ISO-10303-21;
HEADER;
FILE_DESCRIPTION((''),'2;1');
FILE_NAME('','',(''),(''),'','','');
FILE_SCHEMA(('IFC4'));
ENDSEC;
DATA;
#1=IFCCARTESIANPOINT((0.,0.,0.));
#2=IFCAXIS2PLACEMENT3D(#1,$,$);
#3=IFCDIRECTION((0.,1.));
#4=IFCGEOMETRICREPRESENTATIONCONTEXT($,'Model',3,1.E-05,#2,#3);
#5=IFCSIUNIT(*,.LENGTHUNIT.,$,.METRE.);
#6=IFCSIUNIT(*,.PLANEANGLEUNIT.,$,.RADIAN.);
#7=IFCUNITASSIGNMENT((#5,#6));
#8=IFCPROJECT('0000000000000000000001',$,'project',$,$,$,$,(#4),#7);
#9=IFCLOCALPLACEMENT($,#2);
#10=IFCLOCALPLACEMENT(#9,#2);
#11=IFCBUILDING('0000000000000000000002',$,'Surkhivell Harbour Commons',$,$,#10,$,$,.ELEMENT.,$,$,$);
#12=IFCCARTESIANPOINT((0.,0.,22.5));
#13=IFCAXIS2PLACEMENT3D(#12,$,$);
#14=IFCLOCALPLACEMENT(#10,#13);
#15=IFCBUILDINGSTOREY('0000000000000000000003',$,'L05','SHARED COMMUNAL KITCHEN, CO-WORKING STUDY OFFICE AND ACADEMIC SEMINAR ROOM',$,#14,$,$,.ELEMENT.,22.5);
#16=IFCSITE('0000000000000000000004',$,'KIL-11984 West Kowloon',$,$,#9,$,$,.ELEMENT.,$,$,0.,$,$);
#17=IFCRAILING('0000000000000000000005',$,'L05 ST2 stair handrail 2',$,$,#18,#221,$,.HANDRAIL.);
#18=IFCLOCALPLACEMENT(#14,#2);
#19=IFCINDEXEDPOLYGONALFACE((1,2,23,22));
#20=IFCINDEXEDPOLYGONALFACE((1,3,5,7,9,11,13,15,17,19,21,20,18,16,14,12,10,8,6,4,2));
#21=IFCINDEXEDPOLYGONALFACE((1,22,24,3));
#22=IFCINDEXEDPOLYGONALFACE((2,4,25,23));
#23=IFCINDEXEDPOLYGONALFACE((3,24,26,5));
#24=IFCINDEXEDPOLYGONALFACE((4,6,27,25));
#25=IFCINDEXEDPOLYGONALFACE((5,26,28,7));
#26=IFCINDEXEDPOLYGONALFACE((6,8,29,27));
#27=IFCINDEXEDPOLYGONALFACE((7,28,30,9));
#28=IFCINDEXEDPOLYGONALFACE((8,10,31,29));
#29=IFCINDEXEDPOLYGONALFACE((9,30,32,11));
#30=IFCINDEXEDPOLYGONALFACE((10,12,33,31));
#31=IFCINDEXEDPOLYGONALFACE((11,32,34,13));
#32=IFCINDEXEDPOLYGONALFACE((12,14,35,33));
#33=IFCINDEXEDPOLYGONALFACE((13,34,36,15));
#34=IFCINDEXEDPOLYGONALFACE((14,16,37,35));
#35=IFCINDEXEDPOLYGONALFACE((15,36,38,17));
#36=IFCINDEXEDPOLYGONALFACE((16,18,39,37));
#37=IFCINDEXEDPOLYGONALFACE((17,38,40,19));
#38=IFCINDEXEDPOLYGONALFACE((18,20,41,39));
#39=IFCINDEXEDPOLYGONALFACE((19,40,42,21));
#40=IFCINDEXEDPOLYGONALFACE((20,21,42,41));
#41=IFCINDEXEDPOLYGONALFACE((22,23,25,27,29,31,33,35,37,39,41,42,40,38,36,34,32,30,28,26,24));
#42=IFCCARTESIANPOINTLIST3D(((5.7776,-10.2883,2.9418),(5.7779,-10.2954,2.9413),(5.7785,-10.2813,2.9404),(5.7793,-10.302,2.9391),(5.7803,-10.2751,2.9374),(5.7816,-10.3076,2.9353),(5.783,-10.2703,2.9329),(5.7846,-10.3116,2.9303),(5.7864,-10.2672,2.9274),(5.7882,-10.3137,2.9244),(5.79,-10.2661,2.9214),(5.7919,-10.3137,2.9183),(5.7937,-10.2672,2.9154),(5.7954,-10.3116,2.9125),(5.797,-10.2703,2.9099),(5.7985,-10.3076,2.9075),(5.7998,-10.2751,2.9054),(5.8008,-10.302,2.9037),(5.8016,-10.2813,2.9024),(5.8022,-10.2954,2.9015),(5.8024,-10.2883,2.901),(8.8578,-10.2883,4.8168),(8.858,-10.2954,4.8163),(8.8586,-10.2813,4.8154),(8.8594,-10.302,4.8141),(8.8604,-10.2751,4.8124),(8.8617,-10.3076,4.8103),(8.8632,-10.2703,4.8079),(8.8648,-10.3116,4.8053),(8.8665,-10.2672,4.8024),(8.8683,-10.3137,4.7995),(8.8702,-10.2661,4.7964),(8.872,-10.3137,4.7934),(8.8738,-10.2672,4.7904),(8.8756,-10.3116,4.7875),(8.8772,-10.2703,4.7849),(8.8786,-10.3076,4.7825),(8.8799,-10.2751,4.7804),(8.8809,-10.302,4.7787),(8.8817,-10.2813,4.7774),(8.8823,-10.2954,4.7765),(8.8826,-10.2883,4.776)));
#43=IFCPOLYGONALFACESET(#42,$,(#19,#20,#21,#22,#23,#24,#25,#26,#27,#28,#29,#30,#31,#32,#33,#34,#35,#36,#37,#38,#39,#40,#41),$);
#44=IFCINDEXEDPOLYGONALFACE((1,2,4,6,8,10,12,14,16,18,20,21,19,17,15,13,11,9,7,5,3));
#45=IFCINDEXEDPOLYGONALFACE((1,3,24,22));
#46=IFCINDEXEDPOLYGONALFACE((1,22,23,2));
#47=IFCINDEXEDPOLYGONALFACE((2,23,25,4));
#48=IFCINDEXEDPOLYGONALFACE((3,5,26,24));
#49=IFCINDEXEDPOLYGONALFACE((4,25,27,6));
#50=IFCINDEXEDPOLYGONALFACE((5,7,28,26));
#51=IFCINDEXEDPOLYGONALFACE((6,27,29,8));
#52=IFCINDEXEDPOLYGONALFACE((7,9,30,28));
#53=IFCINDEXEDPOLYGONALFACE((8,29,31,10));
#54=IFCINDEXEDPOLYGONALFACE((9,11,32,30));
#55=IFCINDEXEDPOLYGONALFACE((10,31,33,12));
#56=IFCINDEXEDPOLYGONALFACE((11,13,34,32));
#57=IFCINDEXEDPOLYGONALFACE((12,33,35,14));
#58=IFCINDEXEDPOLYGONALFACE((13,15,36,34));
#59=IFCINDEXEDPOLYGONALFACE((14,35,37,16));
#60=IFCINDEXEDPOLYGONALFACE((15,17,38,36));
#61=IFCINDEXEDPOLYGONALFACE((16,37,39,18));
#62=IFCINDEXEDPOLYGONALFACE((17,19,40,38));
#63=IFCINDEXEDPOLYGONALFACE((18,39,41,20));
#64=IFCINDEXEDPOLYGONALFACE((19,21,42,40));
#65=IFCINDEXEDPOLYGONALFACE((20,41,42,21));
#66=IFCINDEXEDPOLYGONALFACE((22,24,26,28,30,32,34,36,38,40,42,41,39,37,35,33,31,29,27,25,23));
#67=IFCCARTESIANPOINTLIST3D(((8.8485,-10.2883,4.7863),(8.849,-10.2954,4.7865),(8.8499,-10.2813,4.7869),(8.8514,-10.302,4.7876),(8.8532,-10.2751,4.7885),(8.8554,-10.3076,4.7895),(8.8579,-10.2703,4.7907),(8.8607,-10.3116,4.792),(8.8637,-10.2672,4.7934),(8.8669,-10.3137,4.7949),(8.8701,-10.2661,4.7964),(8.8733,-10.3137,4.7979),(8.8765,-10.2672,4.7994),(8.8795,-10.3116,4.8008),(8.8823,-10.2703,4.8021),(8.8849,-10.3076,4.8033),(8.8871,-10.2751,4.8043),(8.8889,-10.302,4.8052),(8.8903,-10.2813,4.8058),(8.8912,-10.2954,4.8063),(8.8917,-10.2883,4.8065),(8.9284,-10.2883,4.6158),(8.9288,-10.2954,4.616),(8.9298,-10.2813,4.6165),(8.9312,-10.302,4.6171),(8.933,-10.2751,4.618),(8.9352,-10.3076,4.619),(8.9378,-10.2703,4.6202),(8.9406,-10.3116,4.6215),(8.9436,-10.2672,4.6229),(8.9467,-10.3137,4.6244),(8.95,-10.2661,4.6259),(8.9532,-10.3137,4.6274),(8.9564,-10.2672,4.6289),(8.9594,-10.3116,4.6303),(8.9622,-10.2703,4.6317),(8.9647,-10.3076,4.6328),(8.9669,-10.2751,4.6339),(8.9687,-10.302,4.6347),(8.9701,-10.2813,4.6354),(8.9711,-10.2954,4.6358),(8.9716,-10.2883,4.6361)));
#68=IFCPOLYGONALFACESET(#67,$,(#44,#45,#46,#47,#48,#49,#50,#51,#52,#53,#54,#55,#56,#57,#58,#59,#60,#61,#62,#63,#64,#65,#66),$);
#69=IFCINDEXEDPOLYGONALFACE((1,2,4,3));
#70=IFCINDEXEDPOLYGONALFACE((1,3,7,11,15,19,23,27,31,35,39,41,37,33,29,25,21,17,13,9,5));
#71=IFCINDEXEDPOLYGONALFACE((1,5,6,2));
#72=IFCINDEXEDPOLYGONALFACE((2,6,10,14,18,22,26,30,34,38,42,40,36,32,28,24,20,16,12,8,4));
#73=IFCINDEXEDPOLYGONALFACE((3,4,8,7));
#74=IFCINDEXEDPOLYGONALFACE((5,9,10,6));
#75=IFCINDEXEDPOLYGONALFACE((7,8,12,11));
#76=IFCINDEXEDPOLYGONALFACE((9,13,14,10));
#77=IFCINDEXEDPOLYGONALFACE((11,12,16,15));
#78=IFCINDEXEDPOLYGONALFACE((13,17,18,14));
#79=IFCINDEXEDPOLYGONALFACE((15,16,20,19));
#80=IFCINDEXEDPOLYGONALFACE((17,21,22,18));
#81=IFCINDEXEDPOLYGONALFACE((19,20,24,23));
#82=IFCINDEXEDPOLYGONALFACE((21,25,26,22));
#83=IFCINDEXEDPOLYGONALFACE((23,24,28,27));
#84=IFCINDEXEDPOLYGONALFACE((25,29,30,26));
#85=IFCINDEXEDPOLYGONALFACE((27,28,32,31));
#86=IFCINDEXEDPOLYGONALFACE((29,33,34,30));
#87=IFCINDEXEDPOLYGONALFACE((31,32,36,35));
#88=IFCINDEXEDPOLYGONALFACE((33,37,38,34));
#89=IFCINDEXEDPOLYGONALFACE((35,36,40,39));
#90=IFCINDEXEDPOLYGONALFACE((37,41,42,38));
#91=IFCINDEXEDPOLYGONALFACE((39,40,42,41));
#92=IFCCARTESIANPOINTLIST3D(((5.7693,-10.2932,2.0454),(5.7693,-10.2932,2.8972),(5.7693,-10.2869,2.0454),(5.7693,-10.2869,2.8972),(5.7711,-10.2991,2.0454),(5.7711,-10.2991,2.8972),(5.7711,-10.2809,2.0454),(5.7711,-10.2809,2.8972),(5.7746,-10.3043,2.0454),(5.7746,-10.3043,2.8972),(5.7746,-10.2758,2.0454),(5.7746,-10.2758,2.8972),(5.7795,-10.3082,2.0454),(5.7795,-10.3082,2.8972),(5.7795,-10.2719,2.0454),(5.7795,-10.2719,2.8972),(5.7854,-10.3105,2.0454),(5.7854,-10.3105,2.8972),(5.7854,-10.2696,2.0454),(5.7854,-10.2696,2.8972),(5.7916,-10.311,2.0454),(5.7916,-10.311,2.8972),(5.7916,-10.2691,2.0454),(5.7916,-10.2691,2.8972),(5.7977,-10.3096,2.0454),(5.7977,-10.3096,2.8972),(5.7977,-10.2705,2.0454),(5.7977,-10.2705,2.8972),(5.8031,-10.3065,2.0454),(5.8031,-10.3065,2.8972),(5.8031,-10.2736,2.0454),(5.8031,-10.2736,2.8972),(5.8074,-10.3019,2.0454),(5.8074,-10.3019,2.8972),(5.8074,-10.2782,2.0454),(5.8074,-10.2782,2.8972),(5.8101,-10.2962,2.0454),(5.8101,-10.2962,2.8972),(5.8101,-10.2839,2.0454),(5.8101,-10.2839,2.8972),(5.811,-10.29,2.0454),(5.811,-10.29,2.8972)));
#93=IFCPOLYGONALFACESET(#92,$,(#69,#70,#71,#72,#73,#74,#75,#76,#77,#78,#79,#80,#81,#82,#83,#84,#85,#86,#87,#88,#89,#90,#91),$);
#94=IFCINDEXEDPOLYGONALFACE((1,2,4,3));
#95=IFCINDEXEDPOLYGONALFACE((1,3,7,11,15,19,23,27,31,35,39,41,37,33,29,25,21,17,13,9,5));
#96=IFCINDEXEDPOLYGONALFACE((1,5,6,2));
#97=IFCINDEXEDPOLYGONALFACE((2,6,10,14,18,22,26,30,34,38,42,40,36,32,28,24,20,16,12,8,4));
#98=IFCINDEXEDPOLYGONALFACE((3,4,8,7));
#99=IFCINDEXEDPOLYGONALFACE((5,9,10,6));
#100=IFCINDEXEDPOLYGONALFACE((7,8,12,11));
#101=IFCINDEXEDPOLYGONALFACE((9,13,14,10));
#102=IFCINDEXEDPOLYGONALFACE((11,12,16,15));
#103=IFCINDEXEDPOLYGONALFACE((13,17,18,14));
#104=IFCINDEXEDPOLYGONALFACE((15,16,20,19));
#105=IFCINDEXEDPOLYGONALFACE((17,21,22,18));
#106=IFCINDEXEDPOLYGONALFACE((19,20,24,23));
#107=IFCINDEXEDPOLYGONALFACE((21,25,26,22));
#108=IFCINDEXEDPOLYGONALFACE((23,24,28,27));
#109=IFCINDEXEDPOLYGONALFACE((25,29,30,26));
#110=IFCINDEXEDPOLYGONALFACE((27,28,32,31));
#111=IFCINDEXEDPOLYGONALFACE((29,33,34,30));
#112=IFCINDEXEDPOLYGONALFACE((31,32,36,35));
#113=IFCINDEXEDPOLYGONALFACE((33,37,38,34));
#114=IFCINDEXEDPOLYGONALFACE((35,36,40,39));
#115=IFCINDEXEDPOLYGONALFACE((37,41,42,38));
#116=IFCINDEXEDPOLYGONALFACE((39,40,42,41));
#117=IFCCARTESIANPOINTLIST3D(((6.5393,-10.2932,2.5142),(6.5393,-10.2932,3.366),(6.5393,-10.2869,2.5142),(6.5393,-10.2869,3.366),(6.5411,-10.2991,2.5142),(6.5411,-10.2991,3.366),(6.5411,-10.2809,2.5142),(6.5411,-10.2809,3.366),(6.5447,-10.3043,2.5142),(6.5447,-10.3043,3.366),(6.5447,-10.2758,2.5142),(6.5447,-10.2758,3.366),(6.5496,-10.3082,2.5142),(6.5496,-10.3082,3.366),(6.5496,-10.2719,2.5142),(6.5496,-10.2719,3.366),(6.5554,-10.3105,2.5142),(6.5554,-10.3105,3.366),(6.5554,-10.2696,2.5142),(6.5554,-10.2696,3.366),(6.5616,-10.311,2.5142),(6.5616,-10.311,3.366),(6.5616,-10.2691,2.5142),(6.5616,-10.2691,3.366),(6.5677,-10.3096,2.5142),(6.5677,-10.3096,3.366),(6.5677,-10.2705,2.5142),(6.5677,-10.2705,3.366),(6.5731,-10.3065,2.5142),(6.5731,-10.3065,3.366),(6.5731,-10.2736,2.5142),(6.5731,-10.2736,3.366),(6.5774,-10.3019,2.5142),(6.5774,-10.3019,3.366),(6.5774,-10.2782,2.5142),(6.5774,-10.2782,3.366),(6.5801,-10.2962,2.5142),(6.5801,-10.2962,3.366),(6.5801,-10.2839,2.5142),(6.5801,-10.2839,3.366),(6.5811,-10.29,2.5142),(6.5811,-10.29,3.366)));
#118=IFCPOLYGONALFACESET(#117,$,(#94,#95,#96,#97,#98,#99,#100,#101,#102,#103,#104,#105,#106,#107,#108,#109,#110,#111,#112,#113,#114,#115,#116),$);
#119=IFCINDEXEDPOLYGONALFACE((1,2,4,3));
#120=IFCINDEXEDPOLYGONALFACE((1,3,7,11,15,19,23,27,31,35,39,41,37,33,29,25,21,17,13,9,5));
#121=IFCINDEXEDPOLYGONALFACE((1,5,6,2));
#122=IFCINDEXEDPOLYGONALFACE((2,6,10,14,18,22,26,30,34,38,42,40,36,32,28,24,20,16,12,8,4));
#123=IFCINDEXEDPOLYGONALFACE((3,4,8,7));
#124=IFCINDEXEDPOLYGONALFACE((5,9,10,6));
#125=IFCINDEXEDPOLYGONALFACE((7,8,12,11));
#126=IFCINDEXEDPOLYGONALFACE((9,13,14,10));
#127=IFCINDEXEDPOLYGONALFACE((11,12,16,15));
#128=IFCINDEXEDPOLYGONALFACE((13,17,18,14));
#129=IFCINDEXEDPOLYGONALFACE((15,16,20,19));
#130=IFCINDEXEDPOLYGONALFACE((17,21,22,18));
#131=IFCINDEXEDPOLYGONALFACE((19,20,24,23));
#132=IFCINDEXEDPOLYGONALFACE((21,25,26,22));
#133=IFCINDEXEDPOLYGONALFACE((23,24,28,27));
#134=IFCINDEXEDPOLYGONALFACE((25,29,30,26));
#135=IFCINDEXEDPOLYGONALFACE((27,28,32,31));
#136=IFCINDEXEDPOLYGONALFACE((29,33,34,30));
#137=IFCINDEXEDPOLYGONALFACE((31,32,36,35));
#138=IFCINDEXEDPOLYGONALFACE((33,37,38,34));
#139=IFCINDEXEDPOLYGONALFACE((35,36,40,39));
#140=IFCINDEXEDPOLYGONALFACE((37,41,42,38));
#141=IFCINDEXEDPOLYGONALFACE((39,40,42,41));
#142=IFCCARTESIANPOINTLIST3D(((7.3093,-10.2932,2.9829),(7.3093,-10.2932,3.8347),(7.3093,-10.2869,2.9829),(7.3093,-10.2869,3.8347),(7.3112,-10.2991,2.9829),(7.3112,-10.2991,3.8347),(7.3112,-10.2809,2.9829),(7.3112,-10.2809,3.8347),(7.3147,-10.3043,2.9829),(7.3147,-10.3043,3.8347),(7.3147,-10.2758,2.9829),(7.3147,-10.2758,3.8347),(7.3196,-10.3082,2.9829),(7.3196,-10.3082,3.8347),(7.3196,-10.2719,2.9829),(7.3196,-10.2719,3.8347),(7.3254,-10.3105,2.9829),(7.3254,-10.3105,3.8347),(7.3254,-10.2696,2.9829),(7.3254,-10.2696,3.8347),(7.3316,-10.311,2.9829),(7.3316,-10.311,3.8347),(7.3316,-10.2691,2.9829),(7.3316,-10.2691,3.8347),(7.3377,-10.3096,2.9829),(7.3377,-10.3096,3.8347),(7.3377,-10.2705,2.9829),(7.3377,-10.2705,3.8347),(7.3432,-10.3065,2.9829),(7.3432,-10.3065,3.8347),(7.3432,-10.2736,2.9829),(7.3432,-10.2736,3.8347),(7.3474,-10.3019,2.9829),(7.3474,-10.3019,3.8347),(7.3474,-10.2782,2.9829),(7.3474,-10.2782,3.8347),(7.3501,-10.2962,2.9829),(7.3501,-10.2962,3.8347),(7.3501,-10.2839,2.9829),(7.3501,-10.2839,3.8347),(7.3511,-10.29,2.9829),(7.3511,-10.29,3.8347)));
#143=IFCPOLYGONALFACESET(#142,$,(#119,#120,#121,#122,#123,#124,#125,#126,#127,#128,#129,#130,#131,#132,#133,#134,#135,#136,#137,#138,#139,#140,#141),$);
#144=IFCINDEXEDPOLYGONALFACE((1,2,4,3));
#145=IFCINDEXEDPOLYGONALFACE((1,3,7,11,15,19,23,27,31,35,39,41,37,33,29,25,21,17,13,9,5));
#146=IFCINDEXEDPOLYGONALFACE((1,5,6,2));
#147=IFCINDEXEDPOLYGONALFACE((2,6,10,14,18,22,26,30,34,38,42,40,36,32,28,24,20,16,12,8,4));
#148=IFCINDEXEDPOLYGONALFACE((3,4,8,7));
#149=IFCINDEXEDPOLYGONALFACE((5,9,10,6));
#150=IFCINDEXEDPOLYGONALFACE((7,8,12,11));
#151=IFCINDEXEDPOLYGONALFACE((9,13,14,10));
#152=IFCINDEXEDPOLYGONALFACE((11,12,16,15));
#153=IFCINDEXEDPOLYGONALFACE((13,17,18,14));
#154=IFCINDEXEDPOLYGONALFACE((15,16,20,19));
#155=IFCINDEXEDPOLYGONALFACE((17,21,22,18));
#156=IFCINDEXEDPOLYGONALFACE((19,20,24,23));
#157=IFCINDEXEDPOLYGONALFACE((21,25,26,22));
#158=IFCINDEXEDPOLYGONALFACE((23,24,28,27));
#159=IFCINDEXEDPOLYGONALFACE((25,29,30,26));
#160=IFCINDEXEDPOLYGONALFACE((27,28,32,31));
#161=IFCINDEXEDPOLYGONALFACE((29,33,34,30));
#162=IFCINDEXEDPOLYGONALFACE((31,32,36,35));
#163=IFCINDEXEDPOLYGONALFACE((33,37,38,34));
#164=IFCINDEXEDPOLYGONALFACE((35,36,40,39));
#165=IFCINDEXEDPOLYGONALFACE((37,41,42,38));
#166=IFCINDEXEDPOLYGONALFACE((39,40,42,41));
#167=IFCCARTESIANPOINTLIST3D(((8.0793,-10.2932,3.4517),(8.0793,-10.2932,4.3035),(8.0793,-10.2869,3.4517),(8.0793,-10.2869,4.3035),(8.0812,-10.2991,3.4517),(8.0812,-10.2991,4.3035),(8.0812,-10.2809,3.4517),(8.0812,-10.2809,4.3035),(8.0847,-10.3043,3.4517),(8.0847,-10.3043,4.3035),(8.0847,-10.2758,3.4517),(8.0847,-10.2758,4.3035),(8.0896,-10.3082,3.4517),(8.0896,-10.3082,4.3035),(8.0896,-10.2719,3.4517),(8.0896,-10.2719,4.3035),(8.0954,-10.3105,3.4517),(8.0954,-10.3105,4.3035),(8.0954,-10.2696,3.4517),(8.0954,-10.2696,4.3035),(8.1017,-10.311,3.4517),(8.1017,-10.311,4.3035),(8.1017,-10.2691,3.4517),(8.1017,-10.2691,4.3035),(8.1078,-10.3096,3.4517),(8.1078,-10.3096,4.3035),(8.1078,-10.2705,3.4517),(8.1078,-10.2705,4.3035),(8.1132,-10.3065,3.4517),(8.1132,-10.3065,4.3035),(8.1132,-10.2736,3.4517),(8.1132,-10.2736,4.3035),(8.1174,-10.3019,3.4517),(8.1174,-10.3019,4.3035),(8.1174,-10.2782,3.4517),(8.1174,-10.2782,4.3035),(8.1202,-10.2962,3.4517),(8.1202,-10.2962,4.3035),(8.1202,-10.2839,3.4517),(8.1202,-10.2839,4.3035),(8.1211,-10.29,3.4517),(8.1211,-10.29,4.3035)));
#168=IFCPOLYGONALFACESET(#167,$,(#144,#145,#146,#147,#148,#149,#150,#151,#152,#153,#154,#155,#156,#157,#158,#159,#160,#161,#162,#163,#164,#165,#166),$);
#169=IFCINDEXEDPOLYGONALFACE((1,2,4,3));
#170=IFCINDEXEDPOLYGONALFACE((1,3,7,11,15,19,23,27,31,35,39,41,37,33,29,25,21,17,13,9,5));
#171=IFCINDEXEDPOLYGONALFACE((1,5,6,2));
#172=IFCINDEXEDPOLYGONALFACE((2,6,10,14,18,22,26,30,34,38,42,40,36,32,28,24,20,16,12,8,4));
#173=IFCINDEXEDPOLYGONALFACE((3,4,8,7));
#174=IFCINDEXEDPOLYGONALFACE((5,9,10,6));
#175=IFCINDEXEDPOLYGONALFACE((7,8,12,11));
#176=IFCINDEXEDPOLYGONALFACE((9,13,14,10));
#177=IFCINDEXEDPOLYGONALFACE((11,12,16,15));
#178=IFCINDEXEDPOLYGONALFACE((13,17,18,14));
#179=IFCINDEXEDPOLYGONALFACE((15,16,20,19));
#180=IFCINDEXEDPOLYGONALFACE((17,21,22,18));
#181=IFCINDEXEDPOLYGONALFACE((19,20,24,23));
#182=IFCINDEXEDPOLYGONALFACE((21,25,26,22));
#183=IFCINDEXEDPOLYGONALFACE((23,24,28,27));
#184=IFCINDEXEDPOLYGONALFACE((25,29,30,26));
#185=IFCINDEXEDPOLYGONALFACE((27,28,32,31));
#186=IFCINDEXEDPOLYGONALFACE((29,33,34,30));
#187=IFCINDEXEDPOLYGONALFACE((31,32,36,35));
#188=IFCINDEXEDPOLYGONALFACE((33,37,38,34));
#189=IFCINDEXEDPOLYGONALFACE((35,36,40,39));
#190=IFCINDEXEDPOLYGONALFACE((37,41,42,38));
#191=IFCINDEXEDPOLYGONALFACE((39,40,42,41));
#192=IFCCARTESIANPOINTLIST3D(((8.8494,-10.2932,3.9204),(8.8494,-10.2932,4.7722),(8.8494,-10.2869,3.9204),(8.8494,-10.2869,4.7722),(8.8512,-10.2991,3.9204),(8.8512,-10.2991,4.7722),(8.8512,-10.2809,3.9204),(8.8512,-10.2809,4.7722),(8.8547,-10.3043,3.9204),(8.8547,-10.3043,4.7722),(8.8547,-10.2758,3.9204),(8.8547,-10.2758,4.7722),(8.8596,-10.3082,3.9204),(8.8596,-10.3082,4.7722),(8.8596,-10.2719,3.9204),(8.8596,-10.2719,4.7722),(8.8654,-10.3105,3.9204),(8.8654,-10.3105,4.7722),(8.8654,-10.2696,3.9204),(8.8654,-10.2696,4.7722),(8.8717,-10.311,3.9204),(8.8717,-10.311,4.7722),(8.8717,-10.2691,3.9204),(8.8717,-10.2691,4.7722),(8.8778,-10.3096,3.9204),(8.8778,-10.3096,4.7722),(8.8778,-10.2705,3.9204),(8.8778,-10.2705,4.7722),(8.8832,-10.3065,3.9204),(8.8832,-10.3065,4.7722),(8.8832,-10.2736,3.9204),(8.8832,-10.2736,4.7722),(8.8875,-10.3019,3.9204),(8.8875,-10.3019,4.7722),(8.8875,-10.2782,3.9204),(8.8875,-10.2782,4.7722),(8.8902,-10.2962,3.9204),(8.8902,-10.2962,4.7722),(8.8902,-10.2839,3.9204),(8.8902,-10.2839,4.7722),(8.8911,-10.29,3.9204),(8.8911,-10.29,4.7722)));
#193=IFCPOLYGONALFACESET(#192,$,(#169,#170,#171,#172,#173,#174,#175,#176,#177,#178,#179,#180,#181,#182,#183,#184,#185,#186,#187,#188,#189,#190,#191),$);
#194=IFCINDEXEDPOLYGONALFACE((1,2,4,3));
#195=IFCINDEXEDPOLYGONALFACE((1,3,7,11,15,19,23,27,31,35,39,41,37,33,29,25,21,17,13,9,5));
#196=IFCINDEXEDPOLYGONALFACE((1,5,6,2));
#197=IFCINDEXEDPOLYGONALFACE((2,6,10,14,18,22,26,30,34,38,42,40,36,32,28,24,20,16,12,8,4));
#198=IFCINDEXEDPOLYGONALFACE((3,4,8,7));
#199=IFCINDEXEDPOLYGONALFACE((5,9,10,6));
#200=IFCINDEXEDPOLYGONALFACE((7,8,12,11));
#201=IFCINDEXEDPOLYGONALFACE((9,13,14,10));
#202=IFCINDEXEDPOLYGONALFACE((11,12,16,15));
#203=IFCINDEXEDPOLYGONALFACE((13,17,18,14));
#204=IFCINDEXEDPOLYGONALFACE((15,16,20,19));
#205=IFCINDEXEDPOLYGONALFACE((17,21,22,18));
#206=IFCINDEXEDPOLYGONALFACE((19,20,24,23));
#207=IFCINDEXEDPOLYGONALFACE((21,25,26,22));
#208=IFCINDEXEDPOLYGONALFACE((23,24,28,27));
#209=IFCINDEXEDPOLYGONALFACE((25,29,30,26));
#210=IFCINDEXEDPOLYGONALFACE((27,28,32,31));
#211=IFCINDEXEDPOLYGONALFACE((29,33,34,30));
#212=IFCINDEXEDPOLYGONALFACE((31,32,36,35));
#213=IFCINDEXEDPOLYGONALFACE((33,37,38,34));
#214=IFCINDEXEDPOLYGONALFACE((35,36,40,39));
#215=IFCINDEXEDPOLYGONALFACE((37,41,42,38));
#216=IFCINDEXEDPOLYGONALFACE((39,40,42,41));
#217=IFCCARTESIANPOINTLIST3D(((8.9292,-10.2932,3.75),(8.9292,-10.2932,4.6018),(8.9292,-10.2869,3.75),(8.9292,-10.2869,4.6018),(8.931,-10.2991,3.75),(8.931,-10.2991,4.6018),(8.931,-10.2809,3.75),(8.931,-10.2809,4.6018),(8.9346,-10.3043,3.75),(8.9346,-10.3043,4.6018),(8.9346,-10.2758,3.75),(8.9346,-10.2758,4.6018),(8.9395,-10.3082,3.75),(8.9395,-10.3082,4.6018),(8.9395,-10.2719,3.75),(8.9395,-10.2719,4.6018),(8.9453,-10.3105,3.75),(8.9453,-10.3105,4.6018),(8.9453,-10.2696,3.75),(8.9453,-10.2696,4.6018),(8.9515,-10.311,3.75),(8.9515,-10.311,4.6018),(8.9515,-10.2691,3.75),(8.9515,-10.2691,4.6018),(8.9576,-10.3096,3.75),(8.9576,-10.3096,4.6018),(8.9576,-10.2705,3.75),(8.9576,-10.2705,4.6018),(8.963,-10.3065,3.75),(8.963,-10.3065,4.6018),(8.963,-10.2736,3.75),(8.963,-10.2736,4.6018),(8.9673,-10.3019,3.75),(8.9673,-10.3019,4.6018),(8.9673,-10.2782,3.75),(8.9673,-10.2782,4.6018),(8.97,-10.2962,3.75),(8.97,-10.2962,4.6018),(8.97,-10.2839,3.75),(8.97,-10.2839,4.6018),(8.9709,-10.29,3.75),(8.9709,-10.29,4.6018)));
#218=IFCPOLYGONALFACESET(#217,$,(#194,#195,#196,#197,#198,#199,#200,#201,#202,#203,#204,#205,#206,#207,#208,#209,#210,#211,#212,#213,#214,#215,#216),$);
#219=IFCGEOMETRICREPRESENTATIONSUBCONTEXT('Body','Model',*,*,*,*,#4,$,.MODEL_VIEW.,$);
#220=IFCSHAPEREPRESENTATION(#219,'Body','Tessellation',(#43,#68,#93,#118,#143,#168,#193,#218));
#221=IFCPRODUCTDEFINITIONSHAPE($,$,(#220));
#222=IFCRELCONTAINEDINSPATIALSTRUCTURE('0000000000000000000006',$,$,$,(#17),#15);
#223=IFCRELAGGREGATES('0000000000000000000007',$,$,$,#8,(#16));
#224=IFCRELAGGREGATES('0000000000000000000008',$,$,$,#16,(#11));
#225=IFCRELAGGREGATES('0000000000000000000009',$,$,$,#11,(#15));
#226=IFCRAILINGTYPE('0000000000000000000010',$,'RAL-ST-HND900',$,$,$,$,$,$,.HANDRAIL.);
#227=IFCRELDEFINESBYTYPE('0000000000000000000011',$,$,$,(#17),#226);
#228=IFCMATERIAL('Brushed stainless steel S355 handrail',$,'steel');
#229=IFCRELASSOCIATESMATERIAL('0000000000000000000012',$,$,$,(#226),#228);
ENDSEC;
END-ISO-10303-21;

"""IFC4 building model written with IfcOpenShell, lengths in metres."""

from ifc_helpers import new_model, si_unit, direction, frame, origin, origin_2d, place, context, subcontext, project, spatial, circle, extrude, material, type_object, element, save


model = new_model("IFC4")

# Units and contexts
model_context = context("Model", 3, precision=1e-05, world=origin(), true_north=direction((0.0, 1.0)))
body_context = subcontext(model_context, "Body", "Model", "MODEL_VIEW")
ifc_project = project(units=[si_unit("LENGTHUNIT", "METRE"), si_unit("PLANEANGLEUNIT", "RADIAN")], contexts=[model_context])

# Site, building, storey
site_placement = place(None, origin())
site = spatial("IfcSite", under=ifc_project, at=site_placement, Name="KIL-11984 West Kowloon", CompositionType="ELEMENT", RefElevation=0.0)
building_placement = place(site_placement, origin())
building = spatial("IfcBuilding", under=site, at=building_placement, Name="Surkhivell Harbour Commons", CompositionType="ELEMENT")
storey_placement = place(building_placement, frame((0.0, 0.0, 22.5)))
storey = spatial("IfcBuildingStorey", under=building, at=storey_placement, Name="L05", Description="SHARED COMMUNAL KITCHEN, CO-WORKING STUDY OFFICE AND ACADEMIC SEMINAR ROOM", CompositionType="ELEMENT", Elevation=22.5)

# Railing
ifc_material_1 = material(Name="Brushed stainless steel S355 handrail", Category="steel")
railing_type_1 = type_object("IfcRailingType", Name="RAL-ST-HND900", PredefinedType="HANDRAIL", material=ifc_material_1)
railing_1_placement = place(storey_placement, frame((5.79, -10.29, 2.0454)))
element("IfcRailing", 1, at=railing_1_placement, inside=storey, type_object=railing_type_1, Name="L05 ST2 stair handrail 2", PredefinedType="HANDRAIL", context=body_context, shape_type="SweptSolid", body=[
    extrude(circle(Radius=0.0239, at=origin_2d()), frame((0.0, 0.0, 0.876), z_axis=(0.854178, 0.0, 0.519981), x_axis=(0.0, 1.0, 0.0)), (0.0, 0.0, 1.0), 3.606),
    extrude(circle(Radius=0.0239, at=origin_2d()), frame((3.0801, 0.0, 2.751), z_axis=(0.424234, 0.0, -0.905552), x_axis=(0.0, 1.0, 0.0)), (0.0, 0.0, 1.0), 0.1882),
    extrude(circle(Radius=0.021, at=origin_2d()), origin(), (0.0, 0.0, 1.0), 0.8518),
    extrude(circle(Radius=0.021, at=origin_2d()), frame((0.77, 0.0, 0.4688)), (0.0, 0.0, 1.0), 0.8518),
    extrude(circle(Radius=0.021, at=origin_2d()), frame((1.54, 0.0, 0.9375)), (0.0, 0.0, 1.0), 0.8518),
    extrude(circle(Radius=0.021, at=origin_2d()), frame((2.3101, 0.0, 1.4062)), (0.0, 0.0, 1.0), 0.8518),
    extrude(circle(Radius=0.021, at=origin_2d()), frame((3.0801, 0.0, 1.875)), (0.0, 0.0, 1.0), 0.8518),
    extrude(circle(Radius=0.021, at=origin_2d()), frame((3.1599, 0.0, 1.7046)), (0.0, 0.0, 1.0), 0.8518),
])

save(model, "model.ifc")
